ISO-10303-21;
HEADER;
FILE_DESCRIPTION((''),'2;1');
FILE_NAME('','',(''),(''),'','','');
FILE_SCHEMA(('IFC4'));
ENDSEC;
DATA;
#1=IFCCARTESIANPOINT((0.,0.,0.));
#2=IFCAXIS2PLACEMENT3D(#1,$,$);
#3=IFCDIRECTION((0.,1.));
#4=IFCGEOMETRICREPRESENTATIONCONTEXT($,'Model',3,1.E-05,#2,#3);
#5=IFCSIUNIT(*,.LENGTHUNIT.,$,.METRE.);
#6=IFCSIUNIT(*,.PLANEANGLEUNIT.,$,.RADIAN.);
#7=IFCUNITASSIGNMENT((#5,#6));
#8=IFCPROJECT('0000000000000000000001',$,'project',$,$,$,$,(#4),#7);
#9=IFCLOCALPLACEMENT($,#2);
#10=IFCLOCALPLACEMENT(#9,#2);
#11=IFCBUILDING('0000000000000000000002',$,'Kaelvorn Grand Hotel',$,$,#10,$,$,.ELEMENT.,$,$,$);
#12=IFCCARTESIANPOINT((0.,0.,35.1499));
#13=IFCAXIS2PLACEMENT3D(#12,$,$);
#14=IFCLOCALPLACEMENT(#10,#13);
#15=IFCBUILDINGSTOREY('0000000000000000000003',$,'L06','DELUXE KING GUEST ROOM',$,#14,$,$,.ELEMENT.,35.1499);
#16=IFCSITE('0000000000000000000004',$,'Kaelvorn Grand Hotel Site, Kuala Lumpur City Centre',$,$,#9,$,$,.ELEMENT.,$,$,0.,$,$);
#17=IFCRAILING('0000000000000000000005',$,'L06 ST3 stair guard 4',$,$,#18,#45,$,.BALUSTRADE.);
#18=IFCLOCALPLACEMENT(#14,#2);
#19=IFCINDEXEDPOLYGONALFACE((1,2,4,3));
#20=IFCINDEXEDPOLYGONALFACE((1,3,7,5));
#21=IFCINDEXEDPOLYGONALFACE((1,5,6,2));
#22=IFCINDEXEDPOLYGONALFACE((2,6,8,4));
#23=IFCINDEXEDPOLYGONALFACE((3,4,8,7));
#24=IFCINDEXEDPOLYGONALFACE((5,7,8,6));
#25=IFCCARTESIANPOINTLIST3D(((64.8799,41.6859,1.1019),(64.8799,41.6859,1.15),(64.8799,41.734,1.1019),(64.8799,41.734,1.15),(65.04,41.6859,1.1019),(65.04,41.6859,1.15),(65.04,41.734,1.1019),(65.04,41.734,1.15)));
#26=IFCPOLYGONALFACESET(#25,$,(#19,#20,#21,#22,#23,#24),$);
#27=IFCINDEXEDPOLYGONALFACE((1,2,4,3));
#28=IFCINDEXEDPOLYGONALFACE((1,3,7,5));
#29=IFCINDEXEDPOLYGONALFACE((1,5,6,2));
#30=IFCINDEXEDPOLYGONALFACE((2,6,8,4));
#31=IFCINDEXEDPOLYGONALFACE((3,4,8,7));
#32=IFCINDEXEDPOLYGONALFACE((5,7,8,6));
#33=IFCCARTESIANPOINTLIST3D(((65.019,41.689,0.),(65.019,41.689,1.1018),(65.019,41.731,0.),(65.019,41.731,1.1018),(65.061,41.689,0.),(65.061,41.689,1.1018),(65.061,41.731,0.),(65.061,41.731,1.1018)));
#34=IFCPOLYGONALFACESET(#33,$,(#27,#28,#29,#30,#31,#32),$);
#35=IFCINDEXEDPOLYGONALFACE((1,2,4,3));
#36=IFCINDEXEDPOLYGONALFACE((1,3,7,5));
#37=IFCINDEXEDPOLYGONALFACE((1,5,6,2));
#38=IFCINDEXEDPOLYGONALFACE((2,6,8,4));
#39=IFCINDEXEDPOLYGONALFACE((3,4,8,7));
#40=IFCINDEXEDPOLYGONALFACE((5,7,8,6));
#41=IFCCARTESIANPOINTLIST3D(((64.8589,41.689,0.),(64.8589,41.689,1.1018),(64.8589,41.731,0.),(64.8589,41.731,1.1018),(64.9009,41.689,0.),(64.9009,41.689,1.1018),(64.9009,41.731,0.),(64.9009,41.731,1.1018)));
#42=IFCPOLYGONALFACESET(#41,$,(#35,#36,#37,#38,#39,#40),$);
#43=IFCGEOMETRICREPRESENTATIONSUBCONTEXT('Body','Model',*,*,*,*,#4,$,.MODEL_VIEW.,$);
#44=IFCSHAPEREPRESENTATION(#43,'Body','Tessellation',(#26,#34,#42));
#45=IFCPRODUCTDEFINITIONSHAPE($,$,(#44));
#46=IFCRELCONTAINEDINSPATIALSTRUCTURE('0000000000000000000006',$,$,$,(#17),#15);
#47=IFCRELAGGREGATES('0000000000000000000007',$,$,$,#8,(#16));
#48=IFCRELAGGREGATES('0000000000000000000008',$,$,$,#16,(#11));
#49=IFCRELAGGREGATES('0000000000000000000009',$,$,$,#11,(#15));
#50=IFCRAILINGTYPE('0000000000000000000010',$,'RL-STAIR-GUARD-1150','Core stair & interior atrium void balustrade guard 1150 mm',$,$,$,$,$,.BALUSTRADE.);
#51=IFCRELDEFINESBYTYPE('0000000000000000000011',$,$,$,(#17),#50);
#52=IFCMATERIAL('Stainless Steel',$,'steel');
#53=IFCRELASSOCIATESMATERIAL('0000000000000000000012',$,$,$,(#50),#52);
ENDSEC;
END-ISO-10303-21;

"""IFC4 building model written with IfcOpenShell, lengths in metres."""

from ifc_helpers import new_model, si_unit, direction, frame, origin, origin_2d, place, context, subcontext, project, spatial, rectangle, extrude, material, type_object, element, save


model = new_model("IFC4")

# Units and contexts
model_context = context("Model", 3, precision=1e-05, world=origin(), true_north=direction((0.0, 1.0)))
body_context = subcontext(model_context, "Body", "Model", "MODEL_VIEW")
ifc_project = project(units=[si_unit("LENGTHUNIT", "METRE"), si_unit("PLANEANGLEUNIT", "RADIAN")], contexts=[model_context])

# Site, building, storey
site_placement = place(None, origin())
site = spatial("IfcSite", under=ifc_project, at=site_placement, Name="Kaelvorn Grand Hotel Site, Kuala Lumpur City Centre", CompositionType="ELEMENT", RefElevation=0.0)
building_placement = place(site_placement, origin())
building = spatial("IfcBuilding", under=site, at=building_placement, Name="Kaelvorn Grand Hotel", CompositionType="ELEMENT")
storey_placement = place(building_placement, frame((0.0, 0.0, 35.1499)))
storey = spatial("IfcBuildingStorey", under=building, at=storey_placement, Name="L06", Description="DELUXE KING GUEST ROOM", CompositionType="ELEMENT", Elevation=35.1499)

# Shared definitions
ifc_material_1 = material(Name="Stainless Steel", Category="steel")

# Railing
railing_type_1 = type_object("IfcRailingType", Name="RL-STAIR-GUARD-1150", Description="Core stair & interior atrium void balustrade guard 1150 mm", PredefinedType="BALUSTRADE", material=ifc_material_1)
railing_1_placement = place(storey_placement, frame((65.04, 41.71, 0.0)))
element("IfcRailing", 1, at=railing_1_placement, inside=storey, type_object=railing_type_1, Name="L06 ST3 stair guard 4", PredefinedType="BALUSTRADE", context=body_context, shape_type="SweptSolid", body=[
    extrude(rectangle(XDim=0.0481, YDim=0.0481, at=origin_2d()), frame((0.0, 0.0, 1.126), z_axis=(-1.0, 0.0, 0.0), x_axis=(0.0, -1.0, 0.0)), (0.0, 0.0, 1.0), 0.1602),
    extrude(rectangle(XDim=0.042, YDim=0.042, at=origin_2d()), origin(), (0.0, 0.0, 1.0), 1.1018),
    extrude(rectangle(XDim=0.042, YDim=0.042, at=origin_2d()), frame((-0.1602, 0.0, 0.0)), (0.0, 0.0, 1.0), 1.1018),
])

save(model, "model.ifc")
